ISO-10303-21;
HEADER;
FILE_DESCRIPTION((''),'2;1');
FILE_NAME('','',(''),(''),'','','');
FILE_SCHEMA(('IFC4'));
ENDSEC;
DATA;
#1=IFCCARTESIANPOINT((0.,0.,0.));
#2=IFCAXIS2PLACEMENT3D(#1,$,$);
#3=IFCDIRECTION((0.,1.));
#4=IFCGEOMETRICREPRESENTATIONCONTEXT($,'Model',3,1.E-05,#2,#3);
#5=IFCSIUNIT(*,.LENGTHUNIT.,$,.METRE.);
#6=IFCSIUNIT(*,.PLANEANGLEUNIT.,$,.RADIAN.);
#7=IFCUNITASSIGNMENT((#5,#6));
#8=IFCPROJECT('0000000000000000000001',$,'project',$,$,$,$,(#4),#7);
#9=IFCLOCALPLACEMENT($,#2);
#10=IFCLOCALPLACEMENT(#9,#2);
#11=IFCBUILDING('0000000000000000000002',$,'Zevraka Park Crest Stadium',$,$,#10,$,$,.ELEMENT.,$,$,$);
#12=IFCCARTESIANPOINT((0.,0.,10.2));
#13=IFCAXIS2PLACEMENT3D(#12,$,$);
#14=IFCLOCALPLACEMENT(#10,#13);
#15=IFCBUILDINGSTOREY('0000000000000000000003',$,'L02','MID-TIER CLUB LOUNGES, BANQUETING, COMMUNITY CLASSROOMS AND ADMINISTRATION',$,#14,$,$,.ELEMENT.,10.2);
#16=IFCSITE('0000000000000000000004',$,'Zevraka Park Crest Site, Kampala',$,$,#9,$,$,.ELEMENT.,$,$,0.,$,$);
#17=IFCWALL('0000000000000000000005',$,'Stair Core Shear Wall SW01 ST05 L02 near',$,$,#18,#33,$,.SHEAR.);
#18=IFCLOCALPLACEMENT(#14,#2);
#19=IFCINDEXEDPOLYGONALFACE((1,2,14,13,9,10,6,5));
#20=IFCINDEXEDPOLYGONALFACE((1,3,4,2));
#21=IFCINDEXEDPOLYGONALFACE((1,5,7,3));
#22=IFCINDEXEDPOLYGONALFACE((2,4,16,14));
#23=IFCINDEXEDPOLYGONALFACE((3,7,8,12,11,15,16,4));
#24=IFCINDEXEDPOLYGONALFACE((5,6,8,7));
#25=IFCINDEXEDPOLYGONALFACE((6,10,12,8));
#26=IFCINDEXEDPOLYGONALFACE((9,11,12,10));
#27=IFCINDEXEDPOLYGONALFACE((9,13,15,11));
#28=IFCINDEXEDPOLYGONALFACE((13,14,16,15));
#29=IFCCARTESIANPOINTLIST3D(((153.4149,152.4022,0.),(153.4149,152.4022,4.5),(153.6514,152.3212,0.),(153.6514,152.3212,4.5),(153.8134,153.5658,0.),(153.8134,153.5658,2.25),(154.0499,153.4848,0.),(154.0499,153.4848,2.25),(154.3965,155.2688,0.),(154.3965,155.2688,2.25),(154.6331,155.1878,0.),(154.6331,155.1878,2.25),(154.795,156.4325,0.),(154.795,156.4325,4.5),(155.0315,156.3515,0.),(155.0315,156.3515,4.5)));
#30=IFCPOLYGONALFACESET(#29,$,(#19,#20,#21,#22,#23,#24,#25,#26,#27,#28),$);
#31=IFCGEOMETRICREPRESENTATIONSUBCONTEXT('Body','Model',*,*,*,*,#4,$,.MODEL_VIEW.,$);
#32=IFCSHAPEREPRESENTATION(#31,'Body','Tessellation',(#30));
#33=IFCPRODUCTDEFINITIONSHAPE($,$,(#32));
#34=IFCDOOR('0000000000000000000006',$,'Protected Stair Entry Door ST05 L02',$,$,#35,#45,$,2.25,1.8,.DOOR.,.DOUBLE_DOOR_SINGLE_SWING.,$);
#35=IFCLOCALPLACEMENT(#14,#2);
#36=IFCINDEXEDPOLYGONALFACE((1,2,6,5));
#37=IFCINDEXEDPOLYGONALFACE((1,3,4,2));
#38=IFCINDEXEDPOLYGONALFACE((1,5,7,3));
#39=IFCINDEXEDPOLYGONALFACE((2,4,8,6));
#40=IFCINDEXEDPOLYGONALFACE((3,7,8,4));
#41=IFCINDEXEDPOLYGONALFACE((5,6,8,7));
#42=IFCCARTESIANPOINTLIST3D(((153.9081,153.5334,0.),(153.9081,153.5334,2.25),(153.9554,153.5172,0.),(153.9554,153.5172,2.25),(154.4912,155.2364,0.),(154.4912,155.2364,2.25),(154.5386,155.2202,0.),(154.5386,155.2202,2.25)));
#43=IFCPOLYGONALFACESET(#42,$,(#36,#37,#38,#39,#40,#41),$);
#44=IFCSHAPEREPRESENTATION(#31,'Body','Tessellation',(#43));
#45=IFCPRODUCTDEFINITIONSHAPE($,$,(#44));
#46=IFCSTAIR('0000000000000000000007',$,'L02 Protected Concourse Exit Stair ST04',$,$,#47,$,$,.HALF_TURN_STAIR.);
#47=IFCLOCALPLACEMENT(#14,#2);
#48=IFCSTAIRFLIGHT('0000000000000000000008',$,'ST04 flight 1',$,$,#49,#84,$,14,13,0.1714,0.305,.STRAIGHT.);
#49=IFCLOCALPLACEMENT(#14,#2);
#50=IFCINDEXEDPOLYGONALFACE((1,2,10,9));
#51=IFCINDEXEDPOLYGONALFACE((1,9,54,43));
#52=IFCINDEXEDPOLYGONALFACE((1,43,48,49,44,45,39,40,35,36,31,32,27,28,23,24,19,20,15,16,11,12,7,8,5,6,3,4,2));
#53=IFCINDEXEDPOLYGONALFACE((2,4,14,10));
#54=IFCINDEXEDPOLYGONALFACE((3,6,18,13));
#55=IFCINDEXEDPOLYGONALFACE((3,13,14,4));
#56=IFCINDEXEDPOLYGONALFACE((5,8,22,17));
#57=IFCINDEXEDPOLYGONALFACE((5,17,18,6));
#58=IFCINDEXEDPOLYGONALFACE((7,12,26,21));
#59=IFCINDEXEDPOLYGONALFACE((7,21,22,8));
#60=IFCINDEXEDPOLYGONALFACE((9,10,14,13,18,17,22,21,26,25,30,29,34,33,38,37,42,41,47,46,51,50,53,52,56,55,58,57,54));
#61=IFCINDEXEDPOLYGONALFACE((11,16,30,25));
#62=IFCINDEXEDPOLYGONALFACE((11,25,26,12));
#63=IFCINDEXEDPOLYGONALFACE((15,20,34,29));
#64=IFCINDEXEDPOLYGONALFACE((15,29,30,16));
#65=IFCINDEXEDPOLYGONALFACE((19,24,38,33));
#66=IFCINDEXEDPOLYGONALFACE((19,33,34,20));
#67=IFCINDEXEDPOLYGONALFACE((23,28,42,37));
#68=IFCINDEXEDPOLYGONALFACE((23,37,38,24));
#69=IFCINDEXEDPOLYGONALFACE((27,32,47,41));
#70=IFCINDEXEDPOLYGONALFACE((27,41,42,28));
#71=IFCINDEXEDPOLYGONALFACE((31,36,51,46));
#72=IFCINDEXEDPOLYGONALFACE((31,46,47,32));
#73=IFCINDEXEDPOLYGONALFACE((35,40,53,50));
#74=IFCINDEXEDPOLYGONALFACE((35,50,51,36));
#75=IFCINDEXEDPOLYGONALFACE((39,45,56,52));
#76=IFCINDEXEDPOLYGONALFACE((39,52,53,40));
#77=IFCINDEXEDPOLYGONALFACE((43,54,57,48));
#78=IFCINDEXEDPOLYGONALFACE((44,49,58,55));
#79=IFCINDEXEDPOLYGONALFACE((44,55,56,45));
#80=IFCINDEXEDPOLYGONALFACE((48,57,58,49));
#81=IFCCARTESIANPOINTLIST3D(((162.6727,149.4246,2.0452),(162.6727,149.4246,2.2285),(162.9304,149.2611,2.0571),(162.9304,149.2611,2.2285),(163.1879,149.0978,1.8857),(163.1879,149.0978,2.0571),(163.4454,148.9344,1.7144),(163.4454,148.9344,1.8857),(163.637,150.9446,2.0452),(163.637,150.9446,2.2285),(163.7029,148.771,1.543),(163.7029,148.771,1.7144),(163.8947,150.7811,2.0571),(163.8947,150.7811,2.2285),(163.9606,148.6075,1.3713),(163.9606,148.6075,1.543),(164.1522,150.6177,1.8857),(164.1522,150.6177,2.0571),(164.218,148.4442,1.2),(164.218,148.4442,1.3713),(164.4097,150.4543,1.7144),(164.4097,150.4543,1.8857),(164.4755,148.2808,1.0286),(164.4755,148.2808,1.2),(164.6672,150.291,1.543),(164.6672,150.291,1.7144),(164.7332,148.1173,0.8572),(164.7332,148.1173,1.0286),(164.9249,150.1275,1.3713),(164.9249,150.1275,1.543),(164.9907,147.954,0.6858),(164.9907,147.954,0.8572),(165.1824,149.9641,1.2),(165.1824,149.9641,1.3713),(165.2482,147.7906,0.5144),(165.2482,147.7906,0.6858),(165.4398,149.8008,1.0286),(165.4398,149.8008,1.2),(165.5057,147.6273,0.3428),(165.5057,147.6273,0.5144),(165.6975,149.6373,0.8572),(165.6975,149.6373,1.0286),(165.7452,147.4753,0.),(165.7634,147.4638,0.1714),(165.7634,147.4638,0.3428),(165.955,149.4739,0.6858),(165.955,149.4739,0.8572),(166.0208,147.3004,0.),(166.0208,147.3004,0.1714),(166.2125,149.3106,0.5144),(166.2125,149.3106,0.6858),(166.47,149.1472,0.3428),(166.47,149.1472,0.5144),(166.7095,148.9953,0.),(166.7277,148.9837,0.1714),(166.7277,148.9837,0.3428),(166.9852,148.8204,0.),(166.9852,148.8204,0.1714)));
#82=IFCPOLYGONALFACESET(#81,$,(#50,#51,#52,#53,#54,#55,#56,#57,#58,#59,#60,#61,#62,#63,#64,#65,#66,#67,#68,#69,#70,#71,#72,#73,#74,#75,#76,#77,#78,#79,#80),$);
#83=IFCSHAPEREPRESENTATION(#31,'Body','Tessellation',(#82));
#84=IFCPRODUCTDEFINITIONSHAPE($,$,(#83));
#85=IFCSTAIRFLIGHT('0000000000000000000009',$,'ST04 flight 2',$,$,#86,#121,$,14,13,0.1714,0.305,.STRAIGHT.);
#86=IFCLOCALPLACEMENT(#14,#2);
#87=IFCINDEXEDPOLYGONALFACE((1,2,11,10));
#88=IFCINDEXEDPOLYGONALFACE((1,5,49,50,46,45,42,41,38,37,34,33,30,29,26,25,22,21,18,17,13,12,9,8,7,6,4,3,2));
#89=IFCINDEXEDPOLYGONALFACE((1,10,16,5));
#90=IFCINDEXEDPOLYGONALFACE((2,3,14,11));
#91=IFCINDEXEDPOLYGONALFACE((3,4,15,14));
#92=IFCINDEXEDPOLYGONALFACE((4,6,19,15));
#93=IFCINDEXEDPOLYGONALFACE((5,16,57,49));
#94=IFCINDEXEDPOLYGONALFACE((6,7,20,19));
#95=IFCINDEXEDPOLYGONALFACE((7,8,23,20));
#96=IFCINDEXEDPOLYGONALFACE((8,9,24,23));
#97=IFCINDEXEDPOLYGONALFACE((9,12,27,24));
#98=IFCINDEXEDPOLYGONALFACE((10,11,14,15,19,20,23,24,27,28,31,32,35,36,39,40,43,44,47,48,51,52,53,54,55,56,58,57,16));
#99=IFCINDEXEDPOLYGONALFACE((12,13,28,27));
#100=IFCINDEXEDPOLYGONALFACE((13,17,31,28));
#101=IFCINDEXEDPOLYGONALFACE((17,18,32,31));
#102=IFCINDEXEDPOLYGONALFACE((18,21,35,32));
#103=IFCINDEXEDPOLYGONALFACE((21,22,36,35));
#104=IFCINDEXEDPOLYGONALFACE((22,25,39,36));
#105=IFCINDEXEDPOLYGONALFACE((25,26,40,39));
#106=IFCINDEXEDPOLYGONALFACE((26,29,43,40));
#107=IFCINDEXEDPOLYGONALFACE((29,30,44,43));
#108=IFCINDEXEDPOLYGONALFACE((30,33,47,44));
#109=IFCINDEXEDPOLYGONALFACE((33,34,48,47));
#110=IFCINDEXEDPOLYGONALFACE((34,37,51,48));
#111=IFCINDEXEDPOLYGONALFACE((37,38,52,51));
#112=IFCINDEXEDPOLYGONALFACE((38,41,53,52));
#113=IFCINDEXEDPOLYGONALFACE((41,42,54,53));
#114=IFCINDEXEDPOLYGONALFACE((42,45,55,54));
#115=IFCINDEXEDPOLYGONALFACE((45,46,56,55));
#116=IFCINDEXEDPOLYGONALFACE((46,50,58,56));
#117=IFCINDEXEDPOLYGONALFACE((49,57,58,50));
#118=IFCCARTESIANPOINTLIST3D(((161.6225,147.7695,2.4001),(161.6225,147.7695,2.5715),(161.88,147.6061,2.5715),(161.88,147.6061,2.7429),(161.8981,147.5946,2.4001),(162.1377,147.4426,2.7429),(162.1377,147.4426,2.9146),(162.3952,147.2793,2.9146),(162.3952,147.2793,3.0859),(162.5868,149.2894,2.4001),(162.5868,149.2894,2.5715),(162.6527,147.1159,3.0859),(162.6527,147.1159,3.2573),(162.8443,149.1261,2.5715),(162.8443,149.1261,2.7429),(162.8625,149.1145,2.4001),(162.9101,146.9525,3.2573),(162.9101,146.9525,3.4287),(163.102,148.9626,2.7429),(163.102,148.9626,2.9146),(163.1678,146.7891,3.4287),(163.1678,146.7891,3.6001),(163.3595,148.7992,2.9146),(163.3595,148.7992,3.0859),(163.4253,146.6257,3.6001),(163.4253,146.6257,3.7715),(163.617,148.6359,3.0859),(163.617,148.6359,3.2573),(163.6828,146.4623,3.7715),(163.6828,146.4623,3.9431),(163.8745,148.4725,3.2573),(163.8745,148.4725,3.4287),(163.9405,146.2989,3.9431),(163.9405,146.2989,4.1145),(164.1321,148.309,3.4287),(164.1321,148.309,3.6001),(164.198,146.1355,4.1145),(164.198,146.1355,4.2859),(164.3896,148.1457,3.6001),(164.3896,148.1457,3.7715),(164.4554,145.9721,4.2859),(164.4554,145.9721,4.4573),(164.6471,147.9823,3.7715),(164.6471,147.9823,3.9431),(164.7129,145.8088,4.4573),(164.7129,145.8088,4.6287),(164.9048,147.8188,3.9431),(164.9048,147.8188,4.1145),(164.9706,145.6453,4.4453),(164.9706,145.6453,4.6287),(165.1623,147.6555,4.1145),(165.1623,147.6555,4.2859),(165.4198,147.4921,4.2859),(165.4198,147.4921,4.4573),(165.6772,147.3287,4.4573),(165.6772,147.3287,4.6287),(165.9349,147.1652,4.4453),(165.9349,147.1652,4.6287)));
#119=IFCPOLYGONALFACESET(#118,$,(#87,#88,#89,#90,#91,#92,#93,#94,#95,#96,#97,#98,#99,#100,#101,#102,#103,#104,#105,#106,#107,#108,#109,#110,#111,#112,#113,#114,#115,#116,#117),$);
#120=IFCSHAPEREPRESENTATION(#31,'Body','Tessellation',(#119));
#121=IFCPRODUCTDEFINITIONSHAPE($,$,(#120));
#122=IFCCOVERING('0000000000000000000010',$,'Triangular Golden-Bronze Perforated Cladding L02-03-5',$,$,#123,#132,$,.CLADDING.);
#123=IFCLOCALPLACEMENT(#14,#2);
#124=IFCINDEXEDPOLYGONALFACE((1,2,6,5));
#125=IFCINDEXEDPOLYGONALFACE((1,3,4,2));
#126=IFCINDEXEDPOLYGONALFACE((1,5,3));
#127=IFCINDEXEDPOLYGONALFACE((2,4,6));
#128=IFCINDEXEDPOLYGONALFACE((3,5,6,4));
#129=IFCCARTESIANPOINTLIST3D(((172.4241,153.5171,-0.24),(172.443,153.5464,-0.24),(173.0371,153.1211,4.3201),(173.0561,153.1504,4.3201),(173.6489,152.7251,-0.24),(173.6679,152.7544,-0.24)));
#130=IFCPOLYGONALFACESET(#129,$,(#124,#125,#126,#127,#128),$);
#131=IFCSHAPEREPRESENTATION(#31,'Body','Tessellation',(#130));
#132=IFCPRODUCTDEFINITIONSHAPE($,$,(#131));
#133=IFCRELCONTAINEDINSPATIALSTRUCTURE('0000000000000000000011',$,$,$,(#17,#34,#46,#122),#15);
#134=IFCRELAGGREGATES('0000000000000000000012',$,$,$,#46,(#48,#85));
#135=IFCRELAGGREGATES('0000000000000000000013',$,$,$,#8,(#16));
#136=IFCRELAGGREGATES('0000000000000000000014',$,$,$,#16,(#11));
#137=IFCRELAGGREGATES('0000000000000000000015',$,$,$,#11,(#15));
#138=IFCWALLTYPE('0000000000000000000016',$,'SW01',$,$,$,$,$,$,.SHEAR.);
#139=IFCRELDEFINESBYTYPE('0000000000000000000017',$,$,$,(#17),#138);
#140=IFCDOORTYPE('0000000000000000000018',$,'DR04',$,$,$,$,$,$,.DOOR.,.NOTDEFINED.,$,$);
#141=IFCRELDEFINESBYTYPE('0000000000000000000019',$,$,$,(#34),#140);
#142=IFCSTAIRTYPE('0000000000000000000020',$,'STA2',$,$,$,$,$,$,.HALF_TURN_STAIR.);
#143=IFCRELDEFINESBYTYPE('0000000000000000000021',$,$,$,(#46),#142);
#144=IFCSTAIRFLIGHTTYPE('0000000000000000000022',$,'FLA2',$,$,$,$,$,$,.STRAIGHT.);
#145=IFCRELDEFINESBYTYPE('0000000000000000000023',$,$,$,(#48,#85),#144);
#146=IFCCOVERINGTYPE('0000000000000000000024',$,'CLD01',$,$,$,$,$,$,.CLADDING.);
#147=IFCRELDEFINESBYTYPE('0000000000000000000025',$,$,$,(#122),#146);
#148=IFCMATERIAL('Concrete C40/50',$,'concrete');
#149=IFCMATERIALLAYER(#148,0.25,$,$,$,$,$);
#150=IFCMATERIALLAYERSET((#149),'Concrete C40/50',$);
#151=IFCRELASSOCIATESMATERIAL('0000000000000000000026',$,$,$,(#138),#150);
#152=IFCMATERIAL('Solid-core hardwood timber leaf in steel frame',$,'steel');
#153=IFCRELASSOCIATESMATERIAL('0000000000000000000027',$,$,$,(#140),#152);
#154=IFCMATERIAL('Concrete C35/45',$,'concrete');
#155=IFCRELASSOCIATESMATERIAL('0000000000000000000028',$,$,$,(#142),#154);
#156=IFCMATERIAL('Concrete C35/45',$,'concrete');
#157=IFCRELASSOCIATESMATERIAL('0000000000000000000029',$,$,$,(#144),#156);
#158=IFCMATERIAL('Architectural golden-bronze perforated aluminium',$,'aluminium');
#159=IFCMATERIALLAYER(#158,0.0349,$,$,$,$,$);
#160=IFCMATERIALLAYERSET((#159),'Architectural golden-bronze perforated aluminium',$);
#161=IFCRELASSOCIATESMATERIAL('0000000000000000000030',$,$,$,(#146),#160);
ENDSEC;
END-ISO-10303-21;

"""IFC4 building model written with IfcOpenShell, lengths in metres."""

from ifc_helpers import new_model, si_unit, direction, frame, frame_2d, origin, place, context, subcontext, project, spatial, polyline, rectangle, outline, extrude, material, layer, layer_set, type_object, element, fill, aggregate, save


model = new_model("IFC4")

# Units and contexts
model_context = context("Model", 3, precision=1e-05, world=origin(), true_north=direction((0.0, 1.0)))
body_context = subcontext(model_context, "Body", "Model", "MODEL_VIEW")
ifc_project = project(units=[si_unit("LENGTHUNIT", "METRE"), si_unit("PLANEANGLEUNIT", "RADIAN")], contexts=[model_context])

# Site, building, storey
site_placement = place(None, origin())
site = spatial("IfcSite", under=ifc_project, at=site_placement, Name="Zevraka Park Crest Site, Kampala", CompositionType="ELEMENT", RefElevation=0.0)
building_placement = place(site_placement, origin())
building = spatial("IfcBuilding", under=site, at=building_placement, Name="Zevraka Park Crest Stadium", CompositionType="ELEMENT")
storey_placement = place(building_placement, frame((0.0, 0.0, 10.2)))
storey = spatial("IfcBuildingStorey", under=building, at=storey_placement, Name="L02", Description="MID-TIER CLUB LOUNGES, BANQUETING, COMMUNITY CLASSROOMS AND ADMINISTRATION", CompositionType="ELEMENT", Elevation=10.2)

# Shared definitions
ifc_material_1 = material(Name="Concrete C40/50", Category="concrete")
ifc_layer_1 = layer(ifc_material_1, 0.25)
ifc_layer_set_1 = layer_set([ifc_layer_1], Name="Concrete C40/50")
wall_type = type_object("IfcWallType", Name="SW01", PredefinedType="SHEAR", material=ifc_layer_set_1)

# Wall, opening, door
wall_1_placement = place(storey_placement, frame((153.5332, 152.3618, 0.0), z_axis=(0.0, 0.0, 1.0), x_axis=(0.323971, 0.946067, 0.0)))
wall_1 = element("IfcWall", 1, at=wall_1_placement, inside=storey, type_object=wall_type, Name="Stair Core Shear Wall SW01 ST05 L02 near", PredefinedType="SHEAR", context=body_context, shape_type="SweptSolid", body=[
    extrude(rectangle(XDim=4.26, YDim=0.25, at=frame_2d((2.1299, 0.0))), origin(), (0.0, 0.0, 1.0), 4.5),
])
opening_placement = place(wall_1_placement, frame((1.23, 0.0, 0.0)))
opening = element("IfcOpeningElement", 2, at=opening_placement, cuts=wall_1, PredefinedType="OPENING", context=body_context, shape_type="SweptSolid", body=[
    extrude(rectangle(XDim=1.8, YDim=2.25, at=frame_2d((0.8999, 1.125))), frame((0.0, 0.135, 0.0), z_axis=(0.0, -1.0, 0.0), x_axis=(1.0, 0.0, 0.0)), (0.0, 0.0, 1.0), 0.27),
])
ifc_material_2 = material(Name="Solid-core hardwood timber leaf in steel frame", Category="steel")
door_type = type_object("IfcDoorType", Name="DR04", OperationType="NOTDEFINED", PredefinedType="DOOR", material=ifc_material_2)
door_placement = place(opening_placement, origin())
door = element("IfcDoor", 3, at=door_placement, inside=storey, type_object=door_type, Name="Protected Stair Entry Door ST05 L02", OperationType="DOUBLE_DOOR_SINGLE_SWING", OverallHeight=2.25, OverallWidth=1.8, PredefinedType="DOOR", context=body_context, shape_type="SweptSolid", body=[
    extrude(rectangle(XDim=1.8, YDim=2.25, at=frame_2d((0.8999, 1.125))), frame((0.0, 0.0249, 0.0), z_axis=(0.0, -1.0, 0.0), x_axis=(1.0, 0.0, 0.0)), (0.0, 0.0, 1.0), 0.05),
])
fill(opening, door)

# Stair, stair flights
ifc_material_3 = material(Name="Concrete C35/45", Category="concrete")
stair_type = type_object("IfcStairType", Name="STA2", PredefinedType="HALF_TURN_STAIR", material=ifc_material_3)
stair_placement = place(storey_placement, origin())
stair = element("IfcStair", 4, at=stair_placement, inside=storey, type_object=stair_type, Name="L02 Protected Concourse Exit Stair ST04", PredefinedType="HALF_TURN_STAIR")
ifc_material_4 = material(Name="Concrete C35/45", Category="concrete")
stair_flight_type = type_object("IfcStairFlightType", Name="FLA2", PredefinedType="STRAIGHT", material=ifc_material_4)
stair_flight_1_placement = place(storey_placement, frame((166.5029, 148.0603, 0.0), z_axis=(0.0, 0.0, 1.0), x_axis=(-0.844397, 0.535718, 0.0)))
stair_flight_1 = element("IfcStairFlight", 5, at=stair_flight_1_placement, type_object=stair_flight_type, Name="ST04 flight 1", NumberOfRisers=14, NumberOfTreads=13, PredefinedType="STRAIGHT", RiserHeight=0.1714, TreadLength=0.305, context=body_context, shape_type="SweptSolid", body=[
    extrude(outline(polyline([(0.0, 0.0), (0.0, 0.1714), (0.3049, 0.1714), (0.3049, 0.3428), (0.6101, 0.3428), (0.6101, 0.5144), (0.915, 0.5144), (0.915, 0.6858), (1.22, 0.6858), (1.22, 0.8572), (1.5249, 0.8572), (1.5249, 1.0286), (1.8301, 1.0286), (1.8301, 1.2), (2.135, 1.2), (2.135, 1.3713), (2.4399, 1.3713), (2.4399, 1.543), (2.7451, 1.543), (2.7451, 1.7144), (3.05, 1.7144), (3.05, 1.8857), (3.355, 1.8857), (3.355, 2.0571), (3.6599, 2.0571), (3.6599, 2.2285), (3.9651, 2.2285), (3.9651, 2.3999), (3.9651, 2.0452), (0.3264, 0.0), (0.0, 0.0)])), frame((0.0, 0.8999, 0.0), z_axis=(0.0, -1.0, 0.0), x_axis=(1.0, 0.0, 0.0)), (0.0, 0.0, 1.0), 1.8),
])
stair_flight_2_placement = place(storey_placement, frame((162.1047, 148.5295, 2.4001), z_axis=(0.0, 0.0, 1.0), x_axis=(0.844397, -0.535718, 0.0)))
stair_flight_2 = element("IfcStairFlight", 6, at=stair_flight_2_placement, type_object=stair_flight_type, Name="ST04 flight 2", NumberOfRisers=14, NumberOfTreads=13, PredefinedType="STRAIGHT", RiserHeight=0.1714, TreadLength=0.305, context=body_context, shape_type="SweptSolid", body=[
    extrude(outline(polyline([(0.0, 0.0), (0.0, 0.1714), (0.3049, 0.1714), (0.3049, 0.3428), (0.6101, 0.3428), (0.6101, 0.5144), (0.915, 0.5144), (0.915, 0.6858), (1.22, 0.6858), (1.22, 0.8572), (1.5249, 0.8572), (1.5249, 1.0286), (1.8301, 1.0286), (1.8301, 1.2), (2.135, 1.2), (2.135, 1.3713), (2.4399, 1.3713), (2.4399, 1.543), (2.7451, 1.543), (2.7451, 1.7144), (3.05, 1.7144), (3.05, 1.8857), (3.355, 1.8857), (3.355, 2.0571), (3.6599, 2.0571), (3.6599, 2.2285), (3.9651, 2.2285), (3.9651, 2.3999), (3.9651, 2.0452), (0.3264, 0.0), (0.0, 0.0)])), frame((0.0, 0.8999, 0.0), z_axis=(0.0, -1.0, 0.0), x_axis=(1.0, 0.0, 0.0)), (0.0, 0.0, 1.0), 1.8),
])
aggregate(stair, [stair_flight_1, stair_flight_2])

# Covering
ifc_material_5 = material(Name="Architectural golden-bronze perforated aluminium", Category="aluminium")
ifc_layer_2 = layer(ifc_material_5, 0.0349)
ifc_layer_set_2 = layer_set([ifc_layer_2], Name="Architectural golden-bronze perforated aluminium")
covering_type = type_object("IfcCoveringType", Name="CLD01", PredefinedType="CLADDING", material=ifc_layer_set_2)
covering_placement = place(storey_placement, frame((173.6489, 152.7251, -0.24), z_axis=(-0.542981, -0.839745, 0.000073), x_axis=(-0.839745, 0.542981, 0.0)))
element("IfcCovering", 7, at=covering_placement, inside=storey, type_object=covering_type, Name="Triangular Golden-Bronze Perforated Cladding L02-03-5", PredefinedType="CLADDING", context=body_context, shape_type="SweptSolid", body=[
    extrude(outline(polyline([(0.0, 0.0), (1.4586, 0.0), (0.7288, -4.5601), (0.0, 0.0)])), origin(), (0.0, 0.0, -1.0), 0.0349),
])

save(model, "model.ifc")
